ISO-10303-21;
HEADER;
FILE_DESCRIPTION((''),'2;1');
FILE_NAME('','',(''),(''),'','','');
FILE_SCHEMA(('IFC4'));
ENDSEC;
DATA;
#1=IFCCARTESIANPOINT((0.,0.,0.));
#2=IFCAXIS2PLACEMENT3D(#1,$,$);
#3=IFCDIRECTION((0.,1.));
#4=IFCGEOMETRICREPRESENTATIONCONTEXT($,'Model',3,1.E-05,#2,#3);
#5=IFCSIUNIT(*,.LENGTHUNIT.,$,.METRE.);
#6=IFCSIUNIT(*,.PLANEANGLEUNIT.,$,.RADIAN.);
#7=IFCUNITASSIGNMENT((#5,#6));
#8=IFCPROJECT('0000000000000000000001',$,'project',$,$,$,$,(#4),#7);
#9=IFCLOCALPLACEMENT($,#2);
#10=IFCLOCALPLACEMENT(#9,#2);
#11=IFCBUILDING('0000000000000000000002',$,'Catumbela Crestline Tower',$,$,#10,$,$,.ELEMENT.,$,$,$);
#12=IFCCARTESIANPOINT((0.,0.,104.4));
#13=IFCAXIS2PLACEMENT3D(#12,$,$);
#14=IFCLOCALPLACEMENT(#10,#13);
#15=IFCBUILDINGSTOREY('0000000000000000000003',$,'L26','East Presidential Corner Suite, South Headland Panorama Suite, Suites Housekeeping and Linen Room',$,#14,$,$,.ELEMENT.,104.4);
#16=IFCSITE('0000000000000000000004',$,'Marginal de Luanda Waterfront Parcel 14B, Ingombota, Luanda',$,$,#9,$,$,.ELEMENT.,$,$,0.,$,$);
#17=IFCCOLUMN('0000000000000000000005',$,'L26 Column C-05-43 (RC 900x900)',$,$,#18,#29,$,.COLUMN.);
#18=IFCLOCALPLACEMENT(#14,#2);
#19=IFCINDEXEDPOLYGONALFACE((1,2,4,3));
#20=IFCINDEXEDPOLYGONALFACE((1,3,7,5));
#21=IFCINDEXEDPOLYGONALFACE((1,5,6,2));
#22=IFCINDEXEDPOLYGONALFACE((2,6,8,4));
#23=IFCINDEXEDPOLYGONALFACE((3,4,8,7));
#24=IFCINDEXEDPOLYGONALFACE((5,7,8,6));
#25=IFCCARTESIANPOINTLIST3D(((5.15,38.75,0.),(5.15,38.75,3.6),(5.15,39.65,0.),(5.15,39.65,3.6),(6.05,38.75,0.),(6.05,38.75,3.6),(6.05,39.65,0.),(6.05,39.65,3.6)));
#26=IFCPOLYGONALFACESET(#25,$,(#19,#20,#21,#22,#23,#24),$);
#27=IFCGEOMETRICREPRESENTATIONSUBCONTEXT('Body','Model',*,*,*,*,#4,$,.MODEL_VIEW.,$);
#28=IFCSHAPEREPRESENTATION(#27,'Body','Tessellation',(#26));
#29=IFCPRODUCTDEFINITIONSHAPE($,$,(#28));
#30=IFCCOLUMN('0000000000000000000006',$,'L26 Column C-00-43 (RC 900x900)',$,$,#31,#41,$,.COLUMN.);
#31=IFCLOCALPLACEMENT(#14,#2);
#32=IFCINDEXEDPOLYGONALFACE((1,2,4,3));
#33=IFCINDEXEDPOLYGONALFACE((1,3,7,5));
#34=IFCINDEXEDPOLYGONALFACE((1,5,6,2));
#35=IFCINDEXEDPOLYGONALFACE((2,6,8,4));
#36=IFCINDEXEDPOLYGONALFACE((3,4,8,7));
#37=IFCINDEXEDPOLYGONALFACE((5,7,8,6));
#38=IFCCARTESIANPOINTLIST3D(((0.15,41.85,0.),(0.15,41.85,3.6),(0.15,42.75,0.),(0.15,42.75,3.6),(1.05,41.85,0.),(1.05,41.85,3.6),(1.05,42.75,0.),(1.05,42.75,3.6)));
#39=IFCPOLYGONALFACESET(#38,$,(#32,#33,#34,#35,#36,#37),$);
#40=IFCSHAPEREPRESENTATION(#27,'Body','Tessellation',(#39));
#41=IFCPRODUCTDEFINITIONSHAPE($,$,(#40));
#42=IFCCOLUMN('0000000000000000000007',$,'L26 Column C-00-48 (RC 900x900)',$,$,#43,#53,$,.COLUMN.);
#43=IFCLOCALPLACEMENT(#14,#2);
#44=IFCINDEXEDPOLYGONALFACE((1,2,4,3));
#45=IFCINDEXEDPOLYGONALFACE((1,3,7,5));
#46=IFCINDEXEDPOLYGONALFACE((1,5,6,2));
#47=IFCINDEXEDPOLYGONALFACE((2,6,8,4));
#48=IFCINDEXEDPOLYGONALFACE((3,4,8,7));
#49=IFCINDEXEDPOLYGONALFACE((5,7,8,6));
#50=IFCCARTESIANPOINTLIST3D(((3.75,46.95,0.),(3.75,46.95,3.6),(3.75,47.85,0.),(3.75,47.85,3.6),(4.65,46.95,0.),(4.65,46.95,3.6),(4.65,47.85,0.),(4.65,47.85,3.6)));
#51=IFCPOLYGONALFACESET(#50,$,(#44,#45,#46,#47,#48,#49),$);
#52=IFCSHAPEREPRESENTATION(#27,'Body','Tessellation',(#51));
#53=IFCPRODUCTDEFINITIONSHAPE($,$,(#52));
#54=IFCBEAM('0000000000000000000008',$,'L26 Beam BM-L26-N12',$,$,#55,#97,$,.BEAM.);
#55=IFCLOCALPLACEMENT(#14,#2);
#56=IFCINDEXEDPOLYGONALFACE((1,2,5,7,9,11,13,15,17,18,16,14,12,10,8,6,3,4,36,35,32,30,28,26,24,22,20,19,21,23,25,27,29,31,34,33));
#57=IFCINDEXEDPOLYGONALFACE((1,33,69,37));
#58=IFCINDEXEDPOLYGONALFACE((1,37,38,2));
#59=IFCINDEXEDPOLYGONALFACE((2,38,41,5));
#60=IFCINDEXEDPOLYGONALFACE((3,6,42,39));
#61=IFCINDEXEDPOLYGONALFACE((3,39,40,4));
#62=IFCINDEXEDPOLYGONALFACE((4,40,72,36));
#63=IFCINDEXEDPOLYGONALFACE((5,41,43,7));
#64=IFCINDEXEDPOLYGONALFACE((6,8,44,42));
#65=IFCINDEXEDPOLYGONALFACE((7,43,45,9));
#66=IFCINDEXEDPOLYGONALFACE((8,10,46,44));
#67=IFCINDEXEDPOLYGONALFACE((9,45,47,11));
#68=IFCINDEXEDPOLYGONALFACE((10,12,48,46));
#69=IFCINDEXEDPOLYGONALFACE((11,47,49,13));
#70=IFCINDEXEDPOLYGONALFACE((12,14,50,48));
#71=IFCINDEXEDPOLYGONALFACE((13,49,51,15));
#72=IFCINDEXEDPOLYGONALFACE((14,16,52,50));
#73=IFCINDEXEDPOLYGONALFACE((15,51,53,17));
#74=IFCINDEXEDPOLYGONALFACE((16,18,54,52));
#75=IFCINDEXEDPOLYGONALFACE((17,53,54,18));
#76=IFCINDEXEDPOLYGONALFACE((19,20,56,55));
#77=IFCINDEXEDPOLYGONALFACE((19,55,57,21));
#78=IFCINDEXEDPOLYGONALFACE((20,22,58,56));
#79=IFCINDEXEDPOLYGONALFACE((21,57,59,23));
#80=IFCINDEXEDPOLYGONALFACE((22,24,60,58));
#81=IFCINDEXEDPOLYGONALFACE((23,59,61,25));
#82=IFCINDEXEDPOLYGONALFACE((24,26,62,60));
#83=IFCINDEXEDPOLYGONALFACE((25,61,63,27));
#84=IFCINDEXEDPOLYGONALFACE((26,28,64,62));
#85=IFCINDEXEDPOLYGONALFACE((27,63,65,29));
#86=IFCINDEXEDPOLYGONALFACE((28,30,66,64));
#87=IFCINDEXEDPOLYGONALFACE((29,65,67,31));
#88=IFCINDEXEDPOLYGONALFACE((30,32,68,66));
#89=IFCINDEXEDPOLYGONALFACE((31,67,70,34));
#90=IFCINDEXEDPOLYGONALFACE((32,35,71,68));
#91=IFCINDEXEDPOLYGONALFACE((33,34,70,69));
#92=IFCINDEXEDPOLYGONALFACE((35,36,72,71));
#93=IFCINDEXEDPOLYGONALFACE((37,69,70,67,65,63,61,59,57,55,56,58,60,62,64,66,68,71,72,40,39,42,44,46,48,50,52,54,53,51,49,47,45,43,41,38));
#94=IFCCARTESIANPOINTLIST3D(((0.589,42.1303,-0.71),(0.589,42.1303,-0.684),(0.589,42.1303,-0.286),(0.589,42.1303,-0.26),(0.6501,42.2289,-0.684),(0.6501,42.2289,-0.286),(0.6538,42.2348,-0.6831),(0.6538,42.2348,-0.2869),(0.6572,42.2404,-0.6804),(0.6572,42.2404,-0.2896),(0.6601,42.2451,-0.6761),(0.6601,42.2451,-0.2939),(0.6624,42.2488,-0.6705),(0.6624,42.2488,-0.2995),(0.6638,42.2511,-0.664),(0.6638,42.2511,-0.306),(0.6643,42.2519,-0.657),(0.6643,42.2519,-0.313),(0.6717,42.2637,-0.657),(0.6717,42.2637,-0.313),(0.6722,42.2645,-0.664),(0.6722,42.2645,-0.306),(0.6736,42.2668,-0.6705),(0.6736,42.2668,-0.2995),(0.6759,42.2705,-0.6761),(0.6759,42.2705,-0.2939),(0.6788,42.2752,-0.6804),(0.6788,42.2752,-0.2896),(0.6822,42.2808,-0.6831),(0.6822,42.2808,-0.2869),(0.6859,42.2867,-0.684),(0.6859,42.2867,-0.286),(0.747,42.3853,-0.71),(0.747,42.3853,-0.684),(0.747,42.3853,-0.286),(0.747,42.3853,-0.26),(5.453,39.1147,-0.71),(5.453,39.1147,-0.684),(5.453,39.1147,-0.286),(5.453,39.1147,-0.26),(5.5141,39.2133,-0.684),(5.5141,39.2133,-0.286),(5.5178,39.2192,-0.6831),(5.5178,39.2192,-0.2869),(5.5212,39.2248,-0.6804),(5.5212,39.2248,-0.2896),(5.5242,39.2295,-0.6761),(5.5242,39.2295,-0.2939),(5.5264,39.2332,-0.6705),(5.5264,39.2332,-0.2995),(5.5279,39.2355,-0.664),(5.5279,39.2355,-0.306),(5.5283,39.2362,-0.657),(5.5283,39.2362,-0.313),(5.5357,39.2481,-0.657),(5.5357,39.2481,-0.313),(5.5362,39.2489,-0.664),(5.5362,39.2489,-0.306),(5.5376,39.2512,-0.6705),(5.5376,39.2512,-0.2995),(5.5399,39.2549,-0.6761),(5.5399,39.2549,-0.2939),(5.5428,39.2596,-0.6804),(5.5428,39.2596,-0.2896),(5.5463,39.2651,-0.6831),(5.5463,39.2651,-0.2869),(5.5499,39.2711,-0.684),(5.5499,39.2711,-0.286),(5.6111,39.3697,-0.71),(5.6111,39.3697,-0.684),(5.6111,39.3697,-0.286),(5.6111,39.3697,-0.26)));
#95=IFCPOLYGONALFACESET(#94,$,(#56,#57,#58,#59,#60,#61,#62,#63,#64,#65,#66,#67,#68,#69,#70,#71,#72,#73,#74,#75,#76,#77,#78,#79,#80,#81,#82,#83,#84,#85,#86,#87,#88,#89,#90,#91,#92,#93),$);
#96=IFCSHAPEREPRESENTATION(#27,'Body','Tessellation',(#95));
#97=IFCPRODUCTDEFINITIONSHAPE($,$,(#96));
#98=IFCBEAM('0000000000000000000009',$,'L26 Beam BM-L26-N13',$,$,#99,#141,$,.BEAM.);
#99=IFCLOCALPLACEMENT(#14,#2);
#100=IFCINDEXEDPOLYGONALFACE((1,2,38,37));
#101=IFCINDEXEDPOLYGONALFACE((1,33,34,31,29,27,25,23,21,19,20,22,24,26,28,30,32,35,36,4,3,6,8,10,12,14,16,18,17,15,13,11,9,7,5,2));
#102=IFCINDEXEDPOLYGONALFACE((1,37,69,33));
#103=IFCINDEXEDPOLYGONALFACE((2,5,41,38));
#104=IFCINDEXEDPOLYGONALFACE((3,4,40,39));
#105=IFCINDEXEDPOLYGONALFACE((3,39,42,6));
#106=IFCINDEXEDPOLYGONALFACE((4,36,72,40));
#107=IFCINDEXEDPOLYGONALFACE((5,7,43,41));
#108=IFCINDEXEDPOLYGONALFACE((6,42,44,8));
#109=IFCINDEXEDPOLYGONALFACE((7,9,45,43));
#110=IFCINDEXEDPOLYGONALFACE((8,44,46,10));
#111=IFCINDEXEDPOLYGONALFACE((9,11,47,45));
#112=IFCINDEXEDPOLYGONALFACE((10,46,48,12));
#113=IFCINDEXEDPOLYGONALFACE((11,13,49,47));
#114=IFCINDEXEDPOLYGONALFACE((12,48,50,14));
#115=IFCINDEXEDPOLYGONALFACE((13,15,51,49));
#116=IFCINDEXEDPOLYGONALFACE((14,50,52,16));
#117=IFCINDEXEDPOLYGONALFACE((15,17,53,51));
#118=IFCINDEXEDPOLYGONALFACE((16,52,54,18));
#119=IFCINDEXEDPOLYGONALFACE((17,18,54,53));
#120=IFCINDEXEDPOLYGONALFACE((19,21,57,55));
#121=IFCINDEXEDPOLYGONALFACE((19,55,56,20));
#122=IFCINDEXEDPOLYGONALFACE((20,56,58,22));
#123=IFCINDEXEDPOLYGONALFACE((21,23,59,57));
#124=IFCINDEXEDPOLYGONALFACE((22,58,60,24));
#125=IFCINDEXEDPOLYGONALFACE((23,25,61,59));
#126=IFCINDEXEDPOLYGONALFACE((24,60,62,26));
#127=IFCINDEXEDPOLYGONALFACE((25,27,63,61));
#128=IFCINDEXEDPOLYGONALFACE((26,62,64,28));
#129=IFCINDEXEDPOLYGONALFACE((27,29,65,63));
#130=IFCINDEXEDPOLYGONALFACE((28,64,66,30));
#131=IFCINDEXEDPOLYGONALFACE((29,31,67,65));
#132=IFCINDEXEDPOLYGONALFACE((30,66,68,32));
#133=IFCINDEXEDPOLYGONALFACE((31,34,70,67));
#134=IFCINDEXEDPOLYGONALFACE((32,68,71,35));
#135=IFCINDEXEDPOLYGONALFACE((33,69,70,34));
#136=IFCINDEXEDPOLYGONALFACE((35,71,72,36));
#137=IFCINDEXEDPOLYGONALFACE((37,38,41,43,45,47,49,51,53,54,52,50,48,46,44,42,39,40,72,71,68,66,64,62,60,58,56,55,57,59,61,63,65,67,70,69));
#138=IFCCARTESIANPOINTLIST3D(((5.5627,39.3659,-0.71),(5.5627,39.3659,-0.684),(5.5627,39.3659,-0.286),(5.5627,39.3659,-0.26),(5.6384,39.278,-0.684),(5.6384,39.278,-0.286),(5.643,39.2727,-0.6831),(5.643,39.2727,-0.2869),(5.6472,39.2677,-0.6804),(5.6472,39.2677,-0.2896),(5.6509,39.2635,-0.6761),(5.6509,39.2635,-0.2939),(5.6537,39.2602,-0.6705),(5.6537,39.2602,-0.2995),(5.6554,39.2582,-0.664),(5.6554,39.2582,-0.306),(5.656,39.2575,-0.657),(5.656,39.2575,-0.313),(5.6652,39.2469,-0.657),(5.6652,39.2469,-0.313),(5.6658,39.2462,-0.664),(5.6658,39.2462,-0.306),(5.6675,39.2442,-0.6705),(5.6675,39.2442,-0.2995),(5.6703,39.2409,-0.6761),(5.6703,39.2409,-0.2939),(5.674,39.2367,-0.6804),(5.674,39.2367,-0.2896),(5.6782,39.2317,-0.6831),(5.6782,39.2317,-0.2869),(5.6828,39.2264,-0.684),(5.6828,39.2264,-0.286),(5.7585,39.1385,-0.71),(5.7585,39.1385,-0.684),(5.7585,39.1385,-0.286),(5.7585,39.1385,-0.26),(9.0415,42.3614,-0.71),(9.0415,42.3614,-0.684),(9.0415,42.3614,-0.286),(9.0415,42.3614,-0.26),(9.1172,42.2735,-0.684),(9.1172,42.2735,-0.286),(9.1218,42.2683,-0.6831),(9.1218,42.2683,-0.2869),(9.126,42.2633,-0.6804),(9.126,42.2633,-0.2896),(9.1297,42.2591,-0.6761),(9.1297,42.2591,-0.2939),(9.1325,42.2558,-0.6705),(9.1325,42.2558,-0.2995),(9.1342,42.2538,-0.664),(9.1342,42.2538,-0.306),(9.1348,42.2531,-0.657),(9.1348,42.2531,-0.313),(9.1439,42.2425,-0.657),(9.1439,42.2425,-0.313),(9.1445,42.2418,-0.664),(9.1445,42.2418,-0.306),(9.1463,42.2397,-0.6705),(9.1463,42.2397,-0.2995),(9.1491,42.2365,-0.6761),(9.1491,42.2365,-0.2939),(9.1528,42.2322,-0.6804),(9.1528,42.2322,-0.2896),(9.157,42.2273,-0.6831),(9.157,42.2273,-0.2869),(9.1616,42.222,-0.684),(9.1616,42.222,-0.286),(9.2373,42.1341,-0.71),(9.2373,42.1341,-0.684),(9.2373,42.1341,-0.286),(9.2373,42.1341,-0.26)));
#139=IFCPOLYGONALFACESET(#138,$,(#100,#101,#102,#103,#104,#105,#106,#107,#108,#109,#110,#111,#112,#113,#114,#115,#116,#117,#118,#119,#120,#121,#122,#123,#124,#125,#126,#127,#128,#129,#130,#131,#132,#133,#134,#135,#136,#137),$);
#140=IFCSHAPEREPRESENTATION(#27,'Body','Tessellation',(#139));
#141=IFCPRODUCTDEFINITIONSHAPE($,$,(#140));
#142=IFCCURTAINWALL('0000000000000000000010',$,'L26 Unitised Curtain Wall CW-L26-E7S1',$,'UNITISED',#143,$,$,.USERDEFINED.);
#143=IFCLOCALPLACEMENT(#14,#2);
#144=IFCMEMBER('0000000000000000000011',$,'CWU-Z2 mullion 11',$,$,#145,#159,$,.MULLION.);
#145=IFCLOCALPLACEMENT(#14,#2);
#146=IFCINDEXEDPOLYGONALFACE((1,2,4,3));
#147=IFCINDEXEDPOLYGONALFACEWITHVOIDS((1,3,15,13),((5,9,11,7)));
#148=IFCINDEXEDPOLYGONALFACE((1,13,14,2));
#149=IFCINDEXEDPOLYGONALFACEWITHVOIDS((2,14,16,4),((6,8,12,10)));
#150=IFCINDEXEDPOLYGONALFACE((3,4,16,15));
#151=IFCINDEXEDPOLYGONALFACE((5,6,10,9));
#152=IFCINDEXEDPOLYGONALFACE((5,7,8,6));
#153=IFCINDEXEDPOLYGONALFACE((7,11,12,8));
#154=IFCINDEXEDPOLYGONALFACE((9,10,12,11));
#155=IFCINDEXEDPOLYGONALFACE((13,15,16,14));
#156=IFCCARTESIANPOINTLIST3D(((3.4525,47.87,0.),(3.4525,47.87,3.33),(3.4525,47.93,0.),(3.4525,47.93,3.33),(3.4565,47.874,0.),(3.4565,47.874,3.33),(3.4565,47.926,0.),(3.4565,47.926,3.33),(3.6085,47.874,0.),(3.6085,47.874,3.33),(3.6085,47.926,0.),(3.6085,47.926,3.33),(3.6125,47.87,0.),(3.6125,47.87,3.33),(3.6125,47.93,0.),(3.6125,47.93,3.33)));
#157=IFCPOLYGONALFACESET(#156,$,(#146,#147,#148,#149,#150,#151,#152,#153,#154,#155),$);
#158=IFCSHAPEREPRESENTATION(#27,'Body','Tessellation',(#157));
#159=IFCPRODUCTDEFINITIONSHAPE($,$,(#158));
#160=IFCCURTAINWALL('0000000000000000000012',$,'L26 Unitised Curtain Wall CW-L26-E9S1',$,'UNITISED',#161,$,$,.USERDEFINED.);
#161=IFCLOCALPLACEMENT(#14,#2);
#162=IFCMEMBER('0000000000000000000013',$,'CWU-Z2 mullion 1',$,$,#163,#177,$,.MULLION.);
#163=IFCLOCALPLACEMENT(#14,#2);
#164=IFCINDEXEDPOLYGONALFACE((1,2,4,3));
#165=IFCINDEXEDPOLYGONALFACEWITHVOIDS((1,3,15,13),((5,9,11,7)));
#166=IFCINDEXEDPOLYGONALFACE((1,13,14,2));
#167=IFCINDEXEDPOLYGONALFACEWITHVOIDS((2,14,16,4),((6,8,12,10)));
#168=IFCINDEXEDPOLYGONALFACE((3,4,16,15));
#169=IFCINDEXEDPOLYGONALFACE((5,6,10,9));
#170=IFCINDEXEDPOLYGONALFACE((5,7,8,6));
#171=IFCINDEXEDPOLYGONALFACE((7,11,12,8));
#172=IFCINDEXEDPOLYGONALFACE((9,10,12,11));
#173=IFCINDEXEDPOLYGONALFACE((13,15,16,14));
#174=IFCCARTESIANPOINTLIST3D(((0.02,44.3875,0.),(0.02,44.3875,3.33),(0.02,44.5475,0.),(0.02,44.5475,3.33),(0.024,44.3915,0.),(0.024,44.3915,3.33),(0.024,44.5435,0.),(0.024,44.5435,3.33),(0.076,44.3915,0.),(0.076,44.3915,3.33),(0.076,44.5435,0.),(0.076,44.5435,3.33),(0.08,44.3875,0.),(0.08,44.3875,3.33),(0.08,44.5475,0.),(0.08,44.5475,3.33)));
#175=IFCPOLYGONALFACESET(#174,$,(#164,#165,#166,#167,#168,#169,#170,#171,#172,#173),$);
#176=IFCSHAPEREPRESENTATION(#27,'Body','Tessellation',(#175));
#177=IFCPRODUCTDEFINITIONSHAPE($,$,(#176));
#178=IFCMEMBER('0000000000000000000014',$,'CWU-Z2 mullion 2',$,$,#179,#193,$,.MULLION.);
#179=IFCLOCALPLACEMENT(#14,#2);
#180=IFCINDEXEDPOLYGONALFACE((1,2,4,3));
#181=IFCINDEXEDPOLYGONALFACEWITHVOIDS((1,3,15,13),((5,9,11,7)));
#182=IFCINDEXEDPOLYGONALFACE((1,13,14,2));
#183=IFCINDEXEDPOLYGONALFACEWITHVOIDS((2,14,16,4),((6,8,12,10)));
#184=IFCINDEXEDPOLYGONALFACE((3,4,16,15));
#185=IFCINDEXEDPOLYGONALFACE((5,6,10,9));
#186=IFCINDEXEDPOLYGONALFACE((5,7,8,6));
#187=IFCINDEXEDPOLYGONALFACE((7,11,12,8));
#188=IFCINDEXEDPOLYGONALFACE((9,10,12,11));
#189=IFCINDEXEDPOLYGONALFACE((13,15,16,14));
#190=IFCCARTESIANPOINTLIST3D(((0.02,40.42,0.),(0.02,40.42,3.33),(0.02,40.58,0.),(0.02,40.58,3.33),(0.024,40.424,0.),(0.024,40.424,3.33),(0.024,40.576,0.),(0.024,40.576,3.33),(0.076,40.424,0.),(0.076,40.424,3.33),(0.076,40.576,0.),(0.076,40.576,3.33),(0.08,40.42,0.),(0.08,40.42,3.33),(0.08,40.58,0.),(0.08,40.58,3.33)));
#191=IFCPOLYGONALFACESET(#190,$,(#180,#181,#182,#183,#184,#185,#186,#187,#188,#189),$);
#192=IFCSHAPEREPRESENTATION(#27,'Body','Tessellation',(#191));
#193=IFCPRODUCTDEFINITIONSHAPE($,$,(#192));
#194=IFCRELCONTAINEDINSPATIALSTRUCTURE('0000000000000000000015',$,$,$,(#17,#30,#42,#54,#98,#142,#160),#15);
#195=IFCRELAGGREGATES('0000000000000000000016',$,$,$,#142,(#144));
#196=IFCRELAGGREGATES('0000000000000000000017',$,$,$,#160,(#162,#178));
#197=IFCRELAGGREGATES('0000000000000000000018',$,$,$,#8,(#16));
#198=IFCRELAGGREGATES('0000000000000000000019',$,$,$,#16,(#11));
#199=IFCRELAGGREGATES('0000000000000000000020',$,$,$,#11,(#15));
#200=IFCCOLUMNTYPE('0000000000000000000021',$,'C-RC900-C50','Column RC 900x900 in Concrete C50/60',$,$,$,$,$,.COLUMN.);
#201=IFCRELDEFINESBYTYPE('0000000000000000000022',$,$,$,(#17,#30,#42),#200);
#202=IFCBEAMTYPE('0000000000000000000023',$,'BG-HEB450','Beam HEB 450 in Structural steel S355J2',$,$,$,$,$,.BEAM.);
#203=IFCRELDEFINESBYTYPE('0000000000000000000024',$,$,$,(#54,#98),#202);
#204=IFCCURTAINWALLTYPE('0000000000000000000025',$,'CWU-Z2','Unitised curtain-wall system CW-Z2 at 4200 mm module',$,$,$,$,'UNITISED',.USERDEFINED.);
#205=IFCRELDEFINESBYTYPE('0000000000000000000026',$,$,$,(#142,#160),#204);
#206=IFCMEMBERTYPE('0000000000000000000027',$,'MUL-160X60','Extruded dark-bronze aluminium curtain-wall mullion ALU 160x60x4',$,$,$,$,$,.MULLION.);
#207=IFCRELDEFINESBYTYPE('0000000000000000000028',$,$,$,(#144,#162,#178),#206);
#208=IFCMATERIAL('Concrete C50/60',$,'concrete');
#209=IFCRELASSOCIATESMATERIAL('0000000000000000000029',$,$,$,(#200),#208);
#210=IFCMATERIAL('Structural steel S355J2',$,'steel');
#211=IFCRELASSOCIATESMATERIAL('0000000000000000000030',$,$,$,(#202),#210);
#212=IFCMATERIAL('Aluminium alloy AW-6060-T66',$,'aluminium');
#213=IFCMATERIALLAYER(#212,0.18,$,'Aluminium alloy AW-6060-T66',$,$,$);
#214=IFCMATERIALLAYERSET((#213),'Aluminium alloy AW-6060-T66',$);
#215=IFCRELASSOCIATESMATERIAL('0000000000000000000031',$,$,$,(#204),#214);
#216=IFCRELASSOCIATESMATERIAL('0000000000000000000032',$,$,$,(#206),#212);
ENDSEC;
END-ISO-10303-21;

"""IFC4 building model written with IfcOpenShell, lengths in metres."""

from ifc_helpers import new_model, si_unit, direction, frame, origin, origin_2d, place, context, subcontext, project, spatial, rectangle, hollow_rectangle, i_section, extrude, material, layer, layer_set, material_profile, profile_set, type_object, element, aggregate, save


model = new_model("IFC4")

# Units and contexts
model_context = context("Model", 3, precision=1e-05, world=origin(), true_north=direction((0.0, 1.0)))
body_context = subcontext(model_context, "Body", "Model", "MODEL_VIEW")
ifc_project = project(units=[si_unit("LENGTHUNIT", "METRE"), si_unit("PLANEANGLEUNIT", "RADIAN")], contexts=[model_context])

# Site, building, storey
site_placement = place(None, origin())
site = spatial("IfcSite", under=ifc_project, at=site_placement, Name="Marginal de Luanda Waterfront Parcel 14B, Ingombota, Luanda", CompositionType="ELEMENT", RefElevation=0.0)
building_placement = place(site_placement, origin())
building = spatial("IfcBuilding", under=site, at=building_placement, Name="Catumbela Crestline Tower", CompositionType="ELEMENT")
storey_placement = place(building_placement, frame((0.0, 0.0, 104.4)))
storey = spatial("IfcBuildingStorey", under=building, at=storey_placement, Name="L26", Description="East Presidential Corner Suite, South Headland Panorama Suite, Suites Housekeeping and Linen Room", CompositionType="ELEMENT", Elevation=104.4)

# Columns
ifc_material_1 = material(Name="Concrete C50/60", Category="concrete")
ifc_material_profile_1 = material_profile(ifc_material_1, rectangle(XDim=0.9, YDim=0.9, at=origin_2d()), Name="RC 900x900")
ifc_profile_set_1 = profile_set([ifc_material_profile_1], Name="Concrete C50/60")
column_type = type_object("IfcColumnType", Name="C-RC900-C50", Description="Column RC 900x900 in Concrete C50/60", PredefinedType="COLUMN", material=ifc_profile_set_1)
for number, where, z_axis, x_axis, name in (
    (1, (5.6, 39.2, 0.0), (0.0, 0.0, 1.0), (1.0, 0.0, 0.0), "L26 Column C-05-43 (RC 900x900)"),
    (2, (0.6, 42.3, 0.0), (0.0, 0.0, 1.0), (1.0, 0.0, 0.0), "L26 Column C-00-43 (RC 900x900)"),
    (3, (4.2, 47.4, 0.0), (0.0, 0.0, 1.0), (1.0, 0.0, 0.0), "L26 Column C-00-48 (RC 900x900)"),
):
    element("IfcColumn", number, at=place(storey_placement, frame(where, z_axis=z_axis, x_axis=x_axis)), inside=storey, type_object=column_type, Name=name, PredefinedType="COLUMN", context=body_context, shape_type="SweptSolid", body=[
        extrude(rectangle(XDim=0.9, YDim=0.9, at=origin_2d()), origin(), (0.0, 0.0, 1.0), 3.6),
    ])

# Beams
ifc_material_2 = material(Name="Structural steel S355J2", Category="steel")
ifc_material_profile_2 = material_profile(ifc_material_2, i_section(OverallWidth=0.3, OverallDepth=0.45, WebThickness=0.014, FlangeThickness=0.026, FilletRadius=0.027, at=origin_2d()), Name="HEB 450")
ifc_profile_set_2 = profile_set([ifc_material_profile_2], Name="Structural steel S355J2")
beam_type_1 = type_object("IfcBeamType", Name="BG-HEB450", Description="Beam HEB 450 in Structural steel S355J2", PredefinedType="BEAM", material=ifc_profile_set_2)
beam_1_placement = place(storey_placement, frame((0.668, 42.2578, -0.485), z_axis=(0.849909, -0.52693, 0.0), x_axis=(0.52693, 0.849909, 0.0)))
element("IfcBeam", 4, at=beam_1_placement, inside=storey, type_object=beam_type_1, Name="L26 Beam BM-L26-N12", PredefinedType="BEAM", context=body_context, shape_type="SweptSolid", body=[
    extrude(i_section(OverallWidth=0.3, OverallDepth=0.45, WebThickness=0.014, FlangeThickness=0.026, FilletRadius=0.027, at=origin_2d()), origin(), (0.0, 0.0, 1.0), 5.723),
])
beam_2_placement = place(storey_placement, frame((5.6606, 39.2522, -0.485), z_axis=(0.757772, 0.652519, 0.0), x_axis=(-0.652519, 0.757772, 0.0)))
element("IfcBeam", 5, at=beam_2_placement, inside=storey, type_object=beam_type_1, Name="L26 Beam BM-L26-N13", PredefinedType="BEAM", context=body_context, shape_type="SweptSolid", body=[
    extrude(i_section(OverallWidth=0.3, OverallDepth=0.45, WebThickness=0.014, FlangeThickness=0.026, FilletRadius=0.027, at=origin_2d()), origin(), (0.0, 0.0, 1.0), 4.5908),
])

# Curtain wall, member
ifc_material_3 = material(Name="Aluminium alloy AW-6060-T66", Category="aluminium")
ifc_layer_1 = layer(ifc_material_3, 0.18, Name="Aluminium alloy AW-6060-T66")
ifc_layer_set_1 = layer_set([ifc_layer_1], Name="Aluminium alloy AW-6060-T66")
curtain_wall_type = type_object("IfcCurtainWallType", Name="CWU-Z2", Description="Unitised curtain-wall system CW-Z2 at 4200 mm module", ElementType="UNITISED", PredefinedType="USERDEFINED", material=ifc_layer_set_1)
curtain_wall_1_placement = place(storey_placement, origin())
curtain_wall_1 = element("IfcCurtainWall", 6, at=curtain_wall_1_placement, inside=storey, type_object=curtain_wall_type, Name="L26 Unitised Curtain Wall CW-L26-E7S1", ObjectType="UNITISED", PredefinedType="USERDEFINED")
ifc_material_profile_3 = material_profile(ifc_material_3, hollow_rectangle(XDim=0.06, YDim=0.16, WallThickness=0.004, at=origin_2d()), Name="ALU 160x60x4")
ifc_profile_set_3 = profile_set([ifc_material_profile_3], Name="Aluminium alloy AW-6060-T66")
member_type_1 = type_object("IfcMemberType", Name="MUL-160X60", Description="Extruded dark-bronze aluminium curtain-wall mullion ALU 160x60x4", PredefinedType="MULLION", material=ifc_profile_set_3)
member_1_placement = place(storey_placement, frame((3.5325, 47.9, 0.0), z_axis=(0.0, 0.0, 1.0), x_axis=(0.0, -1.0, 0.0)))
member_1 = element("IfcMember", 7, at=member_1_placement, type_object=member_type_1, Name="CWU-Z2 mullion 11", PredefinedType="MULLION", context=body_context, shape_type="SweptSolid", body=[
    extrude(hollow_rectangle(XDim=0.06, YDim=0.16, WallThickness=0.004, at=origin_2d()), origin(), (0.0, 0.0, 1.0), 3.33),
])

# Curtain wall, members
curtain_wall_2_placement = place(storey_placement, origin())
curtain_wall_2 = element("IfcCurtainWall", 8, at=curtain_wall_2_placement, inside=storey, type_object=curtain_wall_type, Name="L26 Unitised Curtain Wall CW-L26-E9S1", ObjectType="UNITISED", PredefinedType="USERDEFINED")
member_2_placement = place(storey_placement, frame((0.05, 44.4675, 0.0), z_axis=(0.0, 0.0, 1.0), x_axis=(1.0, 0.0, 0.0)))
member_2 = element("IfcMember", 9, at=member_2_placement, type_object=member_type_1, Name="CWU-Z2 mullion 1", PredefinedType="MULLION", context=body_context, shape_type="SweptSolid", body=[
    extrude(hollow_rectangle(XDim=0.06, YDim=0.16, WallThickness=0.004, at=origin_2d()), origin(), (0.0, 0.0, 1.0), 3.33),
])
member_3_placement = place(storey_placement, frame((0.05, 40.5, 0.0), z_axis=(0.0, 0.0, 1.0), x_axis=(1.0, 0.0, 0.0)))
member_3 = element("IfcMember", 10, at=member_3_placement, type_object=member_type_1, Name="CWU-Z2 mullion 2", PredefinedType="MULLION", context=body_context, shape_type="SweptSolid", body=[
    extrude(hollow_rectangle(XDim=0.06, YDim=0.16, WallThickness=0.004, at=origin_2d()), origin(), (0.0, 0.0, 1.0), 3.33),
])

aggregate(curtain_wall_1, [member_1])
aggregate(curtain_wall_2, [member_2, member_3])

save(model, "model.ifc")
